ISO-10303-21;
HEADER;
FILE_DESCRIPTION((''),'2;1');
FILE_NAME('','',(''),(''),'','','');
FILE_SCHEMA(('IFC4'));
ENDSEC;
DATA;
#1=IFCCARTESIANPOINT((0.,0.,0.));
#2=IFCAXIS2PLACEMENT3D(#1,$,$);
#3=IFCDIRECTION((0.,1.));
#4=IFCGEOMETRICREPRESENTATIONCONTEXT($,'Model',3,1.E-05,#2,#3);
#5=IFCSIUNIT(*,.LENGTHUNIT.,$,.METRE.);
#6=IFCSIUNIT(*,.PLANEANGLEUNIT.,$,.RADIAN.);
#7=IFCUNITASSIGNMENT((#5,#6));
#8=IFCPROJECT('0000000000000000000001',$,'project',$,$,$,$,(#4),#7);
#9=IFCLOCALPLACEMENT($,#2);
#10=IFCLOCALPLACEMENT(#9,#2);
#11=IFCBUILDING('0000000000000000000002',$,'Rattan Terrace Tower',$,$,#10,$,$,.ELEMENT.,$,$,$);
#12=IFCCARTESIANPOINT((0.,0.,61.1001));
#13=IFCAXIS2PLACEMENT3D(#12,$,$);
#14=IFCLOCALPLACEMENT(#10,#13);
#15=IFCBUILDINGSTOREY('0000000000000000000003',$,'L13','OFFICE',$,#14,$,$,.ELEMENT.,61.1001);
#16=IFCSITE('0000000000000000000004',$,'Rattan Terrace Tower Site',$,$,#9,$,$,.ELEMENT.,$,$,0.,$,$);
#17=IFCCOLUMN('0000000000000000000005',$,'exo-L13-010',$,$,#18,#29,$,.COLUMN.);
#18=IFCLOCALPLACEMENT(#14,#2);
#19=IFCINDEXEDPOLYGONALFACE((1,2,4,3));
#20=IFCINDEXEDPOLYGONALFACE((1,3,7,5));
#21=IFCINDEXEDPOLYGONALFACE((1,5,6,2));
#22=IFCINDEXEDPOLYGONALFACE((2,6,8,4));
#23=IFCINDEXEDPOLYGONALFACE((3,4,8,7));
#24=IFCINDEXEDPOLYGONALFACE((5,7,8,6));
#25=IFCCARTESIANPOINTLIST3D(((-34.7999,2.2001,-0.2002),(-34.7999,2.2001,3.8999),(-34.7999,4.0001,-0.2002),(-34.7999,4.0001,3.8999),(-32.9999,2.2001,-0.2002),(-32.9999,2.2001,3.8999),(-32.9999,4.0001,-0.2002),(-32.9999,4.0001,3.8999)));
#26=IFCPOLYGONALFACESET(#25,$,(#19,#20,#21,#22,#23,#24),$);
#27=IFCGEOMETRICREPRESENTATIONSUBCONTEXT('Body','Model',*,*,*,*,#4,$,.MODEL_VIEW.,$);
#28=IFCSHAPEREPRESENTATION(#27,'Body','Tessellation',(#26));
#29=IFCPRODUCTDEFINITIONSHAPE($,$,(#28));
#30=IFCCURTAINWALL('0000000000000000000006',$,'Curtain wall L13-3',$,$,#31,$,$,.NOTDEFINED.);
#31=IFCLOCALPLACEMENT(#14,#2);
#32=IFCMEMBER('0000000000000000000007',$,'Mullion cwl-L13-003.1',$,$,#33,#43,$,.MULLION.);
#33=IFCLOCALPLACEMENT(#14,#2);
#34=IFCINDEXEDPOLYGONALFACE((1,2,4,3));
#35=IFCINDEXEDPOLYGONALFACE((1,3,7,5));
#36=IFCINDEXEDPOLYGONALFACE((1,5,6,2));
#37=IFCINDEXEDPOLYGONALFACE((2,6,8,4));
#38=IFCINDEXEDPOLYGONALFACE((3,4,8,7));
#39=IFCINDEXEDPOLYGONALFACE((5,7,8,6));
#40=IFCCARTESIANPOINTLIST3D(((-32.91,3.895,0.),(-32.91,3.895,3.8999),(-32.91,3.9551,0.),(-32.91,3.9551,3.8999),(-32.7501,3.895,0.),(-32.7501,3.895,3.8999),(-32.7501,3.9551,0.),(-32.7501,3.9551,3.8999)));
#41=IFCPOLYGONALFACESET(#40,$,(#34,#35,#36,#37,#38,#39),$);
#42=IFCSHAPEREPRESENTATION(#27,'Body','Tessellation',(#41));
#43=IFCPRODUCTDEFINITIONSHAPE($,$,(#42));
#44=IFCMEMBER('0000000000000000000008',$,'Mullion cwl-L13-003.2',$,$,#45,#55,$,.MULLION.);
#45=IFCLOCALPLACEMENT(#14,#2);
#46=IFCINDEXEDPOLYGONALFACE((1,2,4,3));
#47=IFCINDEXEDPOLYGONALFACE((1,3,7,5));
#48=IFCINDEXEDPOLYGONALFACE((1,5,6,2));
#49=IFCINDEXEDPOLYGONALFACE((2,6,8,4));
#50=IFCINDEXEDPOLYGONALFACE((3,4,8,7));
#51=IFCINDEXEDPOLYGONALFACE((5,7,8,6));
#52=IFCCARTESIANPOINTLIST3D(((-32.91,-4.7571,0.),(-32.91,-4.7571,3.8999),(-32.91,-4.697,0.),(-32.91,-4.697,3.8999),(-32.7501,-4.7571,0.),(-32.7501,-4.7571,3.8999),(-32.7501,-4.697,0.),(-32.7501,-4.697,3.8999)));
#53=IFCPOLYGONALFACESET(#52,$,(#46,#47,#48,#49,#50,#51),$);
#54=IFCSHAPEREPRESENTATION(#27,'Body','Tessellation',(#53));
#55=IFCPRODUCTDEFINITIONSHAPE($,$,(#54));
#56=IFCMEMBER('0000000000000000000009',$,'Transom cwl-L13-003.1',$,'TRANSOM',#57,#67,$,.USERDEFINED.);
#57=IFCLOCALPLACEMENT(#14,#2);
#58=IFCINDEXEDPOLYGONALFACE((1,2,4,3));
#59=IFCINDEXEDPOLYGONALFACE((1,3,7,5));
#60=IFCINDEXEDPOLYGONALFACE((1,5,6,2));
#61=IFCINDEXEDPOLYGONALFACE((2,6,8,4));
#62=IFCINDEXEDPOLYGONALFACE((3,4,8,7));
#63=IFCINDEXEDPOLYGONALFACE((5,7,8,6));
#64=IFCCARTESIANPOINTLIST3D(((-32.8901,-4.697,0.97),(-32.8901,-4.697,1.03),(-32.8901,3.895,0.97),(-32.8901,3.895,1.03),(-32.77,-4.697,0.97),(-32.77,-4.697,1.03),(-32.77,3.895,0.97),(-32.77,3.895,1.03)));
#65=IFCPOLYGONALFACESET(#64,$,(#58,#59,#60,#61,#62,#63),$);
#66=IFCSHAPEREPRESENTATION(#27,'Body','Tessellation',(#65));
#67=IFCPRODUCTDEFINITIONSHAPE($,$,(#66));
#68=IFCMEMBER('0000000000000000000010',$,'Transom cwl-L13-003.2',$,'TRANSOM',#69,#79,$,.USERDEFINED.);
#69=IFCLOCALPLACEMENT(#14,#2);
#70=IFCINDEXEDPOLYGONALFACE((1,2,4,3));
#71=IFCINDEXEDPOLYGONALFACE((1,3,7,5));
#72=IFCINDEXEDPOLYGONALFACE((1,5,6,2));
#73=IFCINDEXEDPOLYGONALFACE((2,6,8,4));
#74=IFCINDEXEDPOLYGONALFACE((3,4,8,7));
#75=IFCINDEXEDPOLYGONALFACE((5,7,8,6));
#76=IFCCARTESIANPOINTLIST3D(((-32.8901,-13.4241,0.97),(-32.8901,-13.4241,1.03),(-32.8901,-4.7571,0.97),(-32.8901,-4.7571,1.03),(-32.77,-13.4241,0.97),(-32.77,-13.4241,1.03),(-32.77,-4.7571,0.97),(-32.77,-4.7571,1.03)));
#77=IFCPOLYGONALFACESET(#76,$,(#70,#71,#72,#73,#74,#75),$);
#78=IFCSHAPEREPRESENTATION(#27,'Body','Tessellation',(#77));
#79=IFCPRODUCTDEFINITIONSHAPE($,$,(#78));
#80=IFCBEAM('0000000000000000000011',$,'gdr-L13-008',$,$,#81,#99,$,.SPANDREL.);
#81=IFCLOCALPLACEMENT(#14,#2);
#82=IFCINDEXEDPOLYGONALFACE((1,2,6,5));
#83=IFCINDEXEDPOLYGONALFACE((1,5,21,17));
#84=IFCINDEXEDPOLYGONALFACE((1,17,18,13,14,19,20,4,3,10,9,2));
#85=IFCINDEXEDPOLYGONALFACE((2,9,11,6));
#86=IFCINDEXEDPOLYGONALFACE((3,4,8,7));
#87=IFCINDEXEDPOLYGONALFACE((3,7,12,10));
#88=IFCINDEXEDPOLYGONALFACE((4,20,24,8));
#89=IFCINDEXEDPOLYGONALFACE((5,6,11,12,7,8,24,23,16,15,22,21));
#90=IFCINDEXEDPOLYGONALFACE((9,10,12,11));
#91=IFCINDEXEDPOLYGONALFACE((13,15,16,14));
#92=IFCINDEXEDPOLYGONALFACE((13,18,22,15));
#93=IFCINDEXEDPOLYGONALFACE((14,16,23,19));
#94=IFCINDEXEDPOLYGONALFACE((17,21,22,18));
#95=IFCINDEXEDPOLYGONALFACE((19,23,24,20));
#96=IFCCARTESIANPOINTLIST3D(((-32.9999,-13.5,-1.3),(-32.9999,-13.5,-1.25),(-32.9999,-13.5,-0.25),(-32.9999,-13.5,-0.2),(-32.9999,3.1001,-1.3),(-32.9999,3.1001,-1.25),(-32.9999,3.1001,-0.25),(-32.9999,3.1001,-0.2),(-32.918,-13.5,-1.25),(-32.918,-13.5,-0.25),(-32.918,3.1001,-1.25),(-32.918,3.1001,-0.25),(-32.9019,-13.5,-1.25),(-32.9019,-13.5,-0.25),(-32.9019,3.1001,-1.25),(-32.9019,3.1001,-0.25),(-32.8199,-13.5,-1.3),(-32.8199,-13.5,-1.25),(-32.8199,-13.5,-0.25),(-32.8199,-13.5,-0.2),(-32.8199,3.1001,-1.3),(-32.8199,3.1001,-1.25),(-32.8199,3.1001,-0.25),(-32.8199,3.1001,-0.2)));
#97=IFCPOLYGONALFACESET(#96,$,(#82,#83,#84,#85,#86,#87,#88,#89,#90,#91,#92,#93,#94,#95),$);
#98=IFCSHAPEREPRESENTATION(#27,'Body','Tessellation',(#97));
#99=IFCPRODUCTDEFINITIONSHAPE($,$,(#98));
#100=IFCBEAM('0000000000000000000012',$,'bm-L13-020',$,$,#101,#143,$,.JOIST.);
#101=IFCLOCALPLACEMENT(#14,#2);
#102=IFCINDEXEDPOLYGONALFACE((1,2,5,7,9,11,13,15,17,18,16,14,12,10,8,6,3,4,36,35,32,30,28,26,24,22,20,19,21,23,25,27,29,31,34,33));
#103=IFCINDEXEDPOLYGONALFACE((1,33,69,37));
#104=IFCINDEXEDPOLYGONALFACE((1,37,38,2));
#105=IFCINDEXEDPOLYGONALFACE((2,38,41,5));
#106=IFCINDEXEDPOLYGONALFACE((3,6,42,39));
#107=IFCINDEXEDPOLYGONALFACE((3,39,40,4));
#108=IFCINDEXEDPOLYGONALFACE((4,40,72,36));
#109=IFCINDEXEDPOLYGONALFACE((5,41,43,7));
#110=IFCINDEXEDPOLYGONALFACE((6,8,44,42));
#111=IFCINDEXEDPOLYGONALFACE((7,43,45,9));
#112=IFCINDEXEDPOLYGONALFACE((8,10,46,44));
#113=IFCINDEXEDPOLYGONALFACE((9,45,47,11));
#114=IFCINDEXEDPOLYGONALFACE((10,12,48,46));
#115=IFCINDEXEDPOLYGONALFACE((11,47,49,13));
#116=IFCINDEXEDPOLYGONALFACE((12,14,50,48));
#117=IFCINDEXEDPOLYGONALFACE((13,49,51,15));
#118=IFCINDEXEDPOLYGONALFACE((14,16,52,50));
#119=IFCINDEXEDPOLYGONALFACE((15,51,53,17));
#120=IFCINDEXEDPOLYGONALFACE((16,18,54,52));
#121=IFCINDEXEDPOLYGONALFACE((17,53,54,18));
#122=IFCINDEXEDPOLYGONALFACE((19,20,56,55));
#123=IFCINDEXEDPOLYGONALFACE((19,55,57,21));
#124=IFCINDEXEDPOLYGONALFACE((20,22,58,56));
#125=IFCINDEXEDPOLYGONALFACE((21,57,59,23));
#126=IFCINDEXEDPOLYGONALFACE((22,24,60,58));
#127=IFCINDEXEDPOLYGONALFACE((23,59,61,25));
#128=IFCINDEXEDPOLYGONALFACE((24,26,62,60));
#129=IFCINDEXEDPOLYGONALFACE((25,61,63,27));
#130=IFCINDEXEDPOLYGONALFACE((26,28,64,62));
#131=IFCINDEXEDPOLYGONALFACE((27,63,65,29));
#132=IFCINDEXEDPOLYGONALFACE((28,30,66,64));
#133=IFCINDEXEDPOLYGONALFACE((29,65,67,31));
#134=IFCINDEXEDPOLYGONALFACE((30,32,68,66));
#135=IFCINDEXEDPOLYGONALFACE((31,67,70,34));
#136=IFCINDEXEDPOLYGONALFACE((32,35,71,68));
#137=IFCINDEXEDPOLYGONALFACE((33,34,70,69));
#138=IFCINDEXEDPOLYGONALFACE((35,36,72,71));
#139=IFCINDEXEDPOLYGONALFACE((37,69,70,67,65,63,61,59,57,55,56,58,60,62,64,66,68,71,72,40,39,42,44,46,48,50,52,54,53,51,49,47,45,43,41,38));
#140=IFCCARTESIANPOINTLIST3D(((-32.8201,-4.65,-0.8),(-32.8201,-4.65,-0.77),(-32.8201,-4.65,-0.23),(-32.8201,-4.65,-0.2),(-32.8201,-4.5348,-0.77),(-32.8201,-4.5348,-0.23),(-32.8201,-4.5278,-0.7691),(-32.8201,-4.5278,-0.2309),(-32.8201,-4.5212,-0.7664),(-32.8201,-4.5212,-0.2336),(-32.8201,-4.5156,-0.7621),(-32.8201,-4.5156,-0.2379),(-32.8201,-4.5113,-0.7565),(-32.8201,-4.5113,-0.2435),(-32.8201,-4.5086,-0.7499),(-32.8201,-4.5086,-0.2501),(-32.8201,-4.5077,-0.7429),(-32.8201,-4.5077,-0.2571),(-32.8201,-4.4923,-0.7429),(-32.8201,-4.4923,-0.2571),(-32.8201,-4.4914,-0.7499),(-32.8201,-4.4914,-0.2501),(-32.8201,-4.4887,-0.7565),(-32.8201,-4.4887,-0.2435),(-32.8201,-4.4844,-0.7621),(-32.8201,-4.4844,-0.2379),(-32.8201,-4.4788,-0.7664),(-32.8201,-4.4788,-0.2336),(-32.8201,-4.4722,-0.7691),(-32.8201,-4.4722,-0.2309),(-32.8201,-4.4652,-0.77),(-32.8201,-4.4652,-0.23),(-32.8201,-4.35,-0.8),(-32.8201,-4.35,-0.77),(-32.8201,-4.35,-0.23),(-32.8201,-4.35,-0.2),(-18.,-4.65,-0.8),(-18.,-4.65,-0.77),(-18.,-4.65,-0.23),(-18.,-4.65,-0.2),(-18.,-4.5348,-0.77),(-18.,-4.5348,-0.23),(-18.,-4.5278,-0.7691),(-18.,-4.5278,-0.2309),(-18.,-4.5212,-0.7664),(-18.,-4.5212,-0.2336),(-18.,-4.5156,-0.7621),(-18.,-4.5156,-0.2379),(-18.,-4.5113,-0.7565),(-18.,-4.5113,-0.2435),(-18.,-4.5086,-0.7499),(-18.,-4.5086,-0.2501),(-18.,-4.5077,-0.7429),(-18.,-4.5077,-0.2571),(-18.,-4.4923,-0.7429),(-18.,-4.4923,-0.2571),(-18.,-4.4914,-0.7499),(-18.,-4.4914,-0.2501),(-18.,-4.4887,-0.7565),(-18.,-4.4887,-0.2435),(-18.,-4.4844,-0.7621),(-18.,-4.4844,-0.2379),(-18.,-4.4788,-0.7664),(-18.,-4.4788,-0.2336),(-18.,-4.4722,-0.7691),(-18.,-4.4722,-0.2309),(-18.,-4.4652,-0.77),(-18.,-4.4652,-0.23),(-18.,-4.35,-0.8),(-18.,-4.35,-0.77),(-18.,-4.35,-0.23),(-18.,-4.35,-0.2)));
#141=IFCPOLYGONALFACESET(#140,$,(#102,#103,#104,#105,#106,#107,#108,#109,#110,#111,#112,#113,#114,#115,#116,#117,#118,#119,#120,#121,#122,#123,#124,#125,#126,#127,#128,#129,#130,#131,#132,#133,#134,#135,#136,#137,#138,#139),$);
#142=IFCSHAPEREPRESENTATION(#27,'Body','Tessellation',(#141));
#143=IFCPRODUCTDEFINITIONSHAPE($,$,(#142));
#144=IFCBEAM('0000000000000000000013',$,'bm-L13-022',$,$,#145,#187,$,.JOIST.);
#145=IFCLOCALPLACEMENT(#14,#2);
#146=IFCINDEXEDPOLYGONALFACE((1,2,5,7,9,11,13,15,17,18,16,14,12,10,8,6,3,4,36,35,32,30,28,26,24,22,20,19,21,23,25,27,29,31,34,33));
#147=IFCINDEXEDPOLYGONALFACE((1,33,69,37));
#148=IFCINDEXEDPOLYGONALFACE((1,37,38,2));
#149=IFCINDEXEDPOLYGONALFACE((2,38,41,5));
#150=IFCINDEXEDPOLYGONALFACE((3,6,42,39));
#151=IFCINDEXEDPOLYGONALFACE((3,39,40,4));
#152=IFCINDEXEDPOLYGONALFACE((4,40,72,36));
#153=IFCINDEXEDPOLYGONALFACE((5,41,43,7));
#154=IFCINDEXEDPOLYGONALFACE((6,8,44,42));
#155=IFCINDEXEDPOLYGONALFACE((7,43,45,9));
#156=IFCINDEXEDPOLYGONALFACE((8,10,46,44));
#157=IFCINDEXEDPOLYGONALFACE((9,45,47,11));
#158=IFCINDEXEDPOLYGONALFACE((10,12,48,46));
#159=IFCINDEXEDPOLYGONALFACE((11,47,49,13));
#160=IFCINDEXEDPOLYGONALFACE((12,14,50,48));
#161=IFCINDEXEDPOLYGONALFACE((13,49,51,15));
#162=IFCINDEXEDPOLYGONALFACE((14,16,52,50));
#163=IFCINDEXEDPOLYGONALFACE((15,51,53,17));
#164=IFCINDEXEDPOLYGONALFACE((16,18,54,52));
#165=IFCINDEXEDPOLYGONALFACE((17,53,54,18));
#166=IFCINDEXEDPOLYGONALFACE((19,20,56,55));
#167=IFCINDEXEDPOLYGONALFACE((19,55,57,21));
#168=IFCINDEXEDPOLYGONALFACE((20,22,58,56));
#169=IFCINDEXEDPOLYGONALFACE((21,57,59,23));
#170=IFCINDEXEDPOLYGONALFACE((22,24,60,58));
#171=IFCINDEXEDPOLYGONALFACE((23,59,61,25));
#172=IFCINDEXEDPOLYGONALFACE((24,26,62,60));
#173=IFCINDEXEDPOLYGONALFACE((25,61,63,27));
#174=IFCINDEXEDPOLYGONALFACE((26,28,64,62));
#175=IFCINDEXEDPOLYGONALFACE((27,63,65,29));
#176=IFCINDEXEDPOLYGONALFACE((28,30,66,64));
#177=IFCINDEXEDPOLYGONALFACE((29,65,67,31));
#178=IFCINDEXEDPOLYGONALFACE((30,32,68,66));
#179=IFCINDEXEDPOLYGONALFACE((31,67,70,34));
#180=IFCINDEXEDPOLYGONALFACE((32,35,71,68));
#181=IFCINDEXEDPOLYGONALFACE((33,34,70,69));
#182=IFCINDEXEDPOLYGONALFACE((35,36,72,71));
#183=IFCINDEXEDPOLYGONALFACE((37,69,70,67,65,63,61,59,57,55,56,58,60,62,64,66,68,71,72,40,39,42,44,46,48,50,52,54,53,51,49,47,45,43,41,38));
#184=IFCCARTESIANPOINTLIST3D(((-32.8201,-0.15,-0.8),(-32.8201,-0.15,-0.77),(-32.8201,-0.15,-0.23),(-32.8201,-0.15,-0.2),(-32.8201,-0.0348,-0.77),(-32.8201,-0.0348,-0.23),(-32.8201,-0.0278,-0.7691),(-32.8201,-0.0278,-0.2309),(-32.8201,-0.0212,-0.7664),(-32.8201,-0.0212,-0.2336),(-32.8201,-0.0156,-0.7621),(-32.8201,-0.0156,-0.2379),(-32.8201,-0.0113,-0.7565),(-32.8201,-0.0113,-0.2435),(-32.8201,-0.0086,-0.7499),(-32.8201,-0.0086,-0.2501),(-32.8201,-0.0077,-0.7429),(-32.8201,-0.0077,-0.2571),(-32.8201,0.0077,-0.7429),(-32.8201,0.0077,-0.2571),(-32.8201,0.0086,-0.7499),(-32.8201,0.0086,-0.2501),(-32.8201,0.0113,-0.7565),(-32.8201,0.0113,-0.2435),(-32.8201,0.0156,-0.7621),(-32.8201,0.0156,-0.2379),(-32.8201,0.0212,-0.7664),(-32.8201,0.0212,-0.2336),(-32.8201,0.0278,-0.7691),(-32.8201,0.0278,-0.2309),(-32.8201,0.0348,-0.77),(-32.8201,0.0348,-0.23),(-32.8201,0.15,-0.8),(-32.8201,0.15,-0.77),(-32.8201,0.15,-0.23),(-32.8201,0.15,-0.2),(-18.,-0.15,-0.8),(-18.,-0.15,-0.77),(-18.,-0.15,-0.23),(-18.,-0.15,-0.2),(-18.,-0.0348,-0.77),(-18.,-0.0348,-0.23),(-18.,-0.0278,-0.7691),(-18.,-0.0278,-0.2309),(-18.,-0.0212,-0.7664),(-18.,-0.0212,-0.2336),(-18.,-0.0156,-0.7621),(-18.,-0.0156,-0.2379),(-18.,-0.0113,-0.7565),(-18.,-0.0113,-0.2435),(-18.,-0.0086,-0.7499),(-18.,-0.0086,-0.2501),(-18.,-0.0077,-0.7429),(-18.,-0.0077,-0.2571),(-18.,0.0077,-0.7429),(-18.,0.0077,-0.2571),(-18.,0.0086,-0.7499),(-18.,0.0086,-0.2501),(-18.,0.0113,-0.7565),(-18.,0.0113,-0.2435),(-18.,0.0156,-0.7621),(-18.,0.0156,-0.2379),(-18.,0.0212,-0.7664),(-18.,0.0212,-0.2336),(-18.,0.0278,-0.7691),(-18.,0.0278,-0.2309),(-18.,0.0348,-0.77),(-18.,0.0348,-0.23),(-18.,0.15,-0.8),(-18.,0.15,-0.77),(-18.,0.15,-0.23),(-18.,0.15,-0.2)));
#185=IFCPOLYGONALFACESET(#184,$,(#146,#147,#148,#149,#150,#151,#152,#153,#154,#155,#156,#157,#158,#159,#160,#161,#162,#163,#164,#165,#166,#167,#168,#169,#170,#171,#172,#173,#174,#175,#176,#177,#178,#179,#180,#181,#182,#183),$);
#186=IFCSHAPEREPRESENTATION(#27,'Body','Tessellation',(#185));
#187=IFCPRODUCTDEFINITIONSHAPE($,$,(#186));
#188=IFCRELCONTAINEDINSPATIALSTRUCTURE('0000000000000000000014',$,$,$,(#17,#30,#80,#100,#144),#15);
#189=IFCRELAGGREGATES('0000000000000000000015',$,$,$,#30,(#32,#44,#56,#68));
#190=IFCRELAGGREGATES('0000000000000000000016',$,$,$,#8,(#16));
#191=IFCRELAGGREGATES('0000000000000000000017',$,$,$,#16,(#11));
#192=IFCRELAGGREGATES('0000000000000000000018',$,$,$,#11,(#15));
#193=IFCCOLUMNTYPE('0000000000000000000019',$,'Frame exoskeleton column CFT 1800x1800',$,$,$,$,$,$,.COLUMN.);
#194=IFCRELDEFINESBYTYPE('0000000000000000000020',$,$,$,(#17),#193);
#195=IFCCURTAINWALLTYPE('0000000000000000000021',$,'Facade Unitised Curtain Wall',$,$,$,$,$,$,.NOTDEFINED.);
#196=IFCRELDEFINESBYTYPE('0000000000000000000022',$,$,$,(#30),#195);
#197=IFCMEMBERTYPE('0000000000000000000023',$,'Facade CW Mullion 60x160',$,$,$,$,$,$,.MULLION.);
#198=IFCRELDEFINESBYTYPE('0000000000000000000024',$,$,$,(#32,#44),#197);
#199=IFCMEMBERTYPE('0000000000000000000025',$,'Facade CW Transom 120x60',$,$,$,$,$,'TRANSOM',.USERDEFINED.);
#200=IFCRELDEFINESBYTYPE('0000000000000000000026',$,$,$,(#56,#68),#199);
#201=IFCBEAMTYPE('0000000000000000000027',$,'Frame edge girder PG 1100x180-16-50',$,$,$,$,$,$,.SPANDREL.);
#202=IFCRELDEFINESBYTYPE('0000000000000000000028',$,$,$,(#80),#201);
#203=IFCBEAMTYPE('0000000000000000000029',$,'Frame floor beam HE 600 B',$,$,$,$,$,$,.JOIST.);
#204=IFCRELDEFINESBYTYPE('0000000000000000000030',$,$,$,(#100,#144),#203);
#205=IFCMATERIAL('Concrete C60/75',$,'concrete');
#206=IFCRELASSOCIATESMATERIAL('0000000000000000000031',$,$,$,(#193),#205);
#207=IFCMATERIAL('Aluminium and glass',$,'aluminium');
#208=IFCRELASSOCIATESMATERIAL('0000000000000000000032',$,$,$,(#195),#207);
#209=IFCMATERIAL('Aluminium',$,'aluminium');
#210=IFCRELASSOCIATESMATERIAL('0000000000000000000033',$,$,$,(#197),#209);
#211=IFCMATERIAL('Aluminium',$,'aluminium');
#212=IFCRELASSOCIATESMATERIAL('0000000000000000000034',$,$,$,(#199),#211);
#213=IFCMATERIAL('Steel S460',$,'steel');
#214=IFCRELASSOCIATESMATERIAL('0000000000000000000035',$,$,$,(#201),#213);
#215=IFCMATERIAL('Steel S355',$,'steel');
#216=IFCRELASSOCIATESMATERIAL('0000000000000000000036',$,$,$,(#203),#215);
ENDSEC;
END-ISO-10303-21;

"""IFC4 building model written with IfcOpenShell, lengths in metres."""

from ifc_helpers import new_model, si_unit, direction, frame, origin, origin_2d, place, context, subcontext, project, spatial, rectangle, i_section, extrude, material, material_profile, profile_set, type_object, element, aggregate, save


model = new_model("IFC4")

# Units and contexts
model_context = context("Model", 3, precision=1e-05, world=origin(), true_north=direction((0.0, 1.0)))
body_context = subcontext(model_context, "Body", "Model", "MODEL_VIEW")
ifc_project = project(units=[si_unit("LENGTHUNIT", "METRE"), si_unit("PLANEANGLEUNIT", "RADIAN")], contexts=[model_context])

# Site, building, storey
site_placement = place(None, origin())
site = spatial("IfcSite", under=ifc_project, at=site_placement, Name="Rattan Terrace Tower Site", CompositionType="ELEMENT", RefElevation=0.0)
building_placement = place(site_placement, origin())
building = spatial("IfcBuilding", under=site, at=building_placement, Name="Rattan Terrace Tower", CompositionType="ELEMENT")
storey_placement = place(building_placement, frame((0.0, 0.0, 61.1001)))
storey = spatial("IfcBuildingStorey", under=building, at=storey_placement, Name="L13", Description="OFFICE", CompositionType="ELEMENT", Elevation=61.1001)

# Column
ifc_material_1 = material(Name="Concrete C60/75", Category="concrete")
ifc_material_profile_1 = material_profile(ifc_material_1, rectangle(XDim=1.8, YDim=1.8, at=origin_2d()), Name="CFT 1800x1800")
ifc_profile_set_1 = profile_set([ifc_material_profile_1], Name="Concrete C60/75")
column_type = type_object("IfcColumnType", Name="Frame exoskeleton column CFT 1800x1800", PredefinedType="COLUMN", material=ifc_profile_set_1)
column_placement = place(storey_placement, frame((-33.8999, 3.1001, -0.2002), z_axis=(0.0, 0.0, 1.0), x_axis=(0.0, 1.0, 0.0)))
element("IfcColumn", 1, at=column_placement, inside=storey, type_object=column_type, Name="exo-L13-010", PredefinedType="COLUMN", context=body_context, shape_type="SweptSolid", body=[
    extrude(rectangle(XDim=1.8, YDim=1.8, at=origin_2d()), origin(), (0.0, 0.0, 1.0), 4.1001),
])

# Curtain wall, members
ifc_material_2 = material(Name="Aluminium and glass", Category="aluminium")
curtain_wall_type = type_object("IfcCurtainWallType", Name="Facade Unitised Curtain Wall", PredefinedType="NOTDEFINED", material=ifc_material_2)
curtain_wall_placement = place(storey_placement, origin())
curtain_wall = element("IfcCurtainWall", 2, at=curtain_wall_placement, inside=storey, type_object=curtain_wall_type, Name="Curtain wall L13-3", PredefinedType="NOTDEFINED")
ifc_material_3 = material(Name="Aluminium", Category="aluminium")
ifc_material_profile_2 = material_profile(ifc_material_3, rectangle(XDim=0.0601, YDim=0.1599, at=origin_2d()), Name="Aluminium 60x160")
ifc_profile_set_2 = profile_set([ifc_material_profile_2], Name="Aluminium")
member_type_1 = type_object("IfcMemberType", Name="Facade CW Mullion 60x160", PredefinedType="MULLION", material=ifc_profile_set_2)
member_1_placement = place(storey_placement, frame((-32.8301, 3.925, 0.0), z_axis=(0.0, 0.0, 1.0), x_axis=(0.0, -1.0, 0.0)))
member_1 = element("IfcMember", 3, at=member_1_placement, type_object=member_type_1, Name="Mullion cwl-L13-003.1", PredefinedType="MULLION", context=body_context, shape_type="SweptSolid", body=[
    extrude(rectangle(XDim=0.0601, YDim=0.1599, at=origin_2d()), origin(), (0.0, 0.0, 1.0), 3.8999),
])
member_2_placement = place(storey_placement, frame((-32.8301, -4.7271, 0.0), z_axis=(0.0, 0.0, 1.0), x_axis=(0.0, -1.0, 0.0)))
member_2 = element("IfcMember", 4, at=member_2_placement, type_object=member_type_1, Name="Mullion cwl-L13-003.2", PredefinedType="MULLION", context=body_context, shape_type="SweptSolid", body=[
    extrude(rectangle(XDim=0.0601, YDim=0.1599, at=origin_2d()), origin(), (0.0, 0.0, 1.0), 3.8999),
])
ifc_material_4 = material(Name="Aluminium", Category="aluminium")
ifc_material_profile_3 = material_profile(ifc_material_4, rectangle(XDim=0.1201, YDim=0.0601, at=origin_2d()), Name="Aluminium 120x60")
ifc_profile_set_3 = profile_set([ifc_material_profile_3], Name="Aluminium")
member_type_2 = type_object("IfcMemberType", Name="Facade CW Transom 120x60", ElementType="TRANSOM", PredefinedType="USERDEFINED", material=ifc_profile_set_3)
member_3_placement = place(storey_placement, frame((-32.8301, 3.895, 1.0), z_axis=(0.0, -1.0, 0.0), x_axis=(1.0, 0.0, 0.0)))
member_3 = element("IfcMember", 5, at=member_3_placement, type_object=member_type_2, Name="Transom cwl-L13-003.1", ObjectType="TRANSOM", PredefinedType="USERDEFINED", context=body_context, shape_type="SweptSolid", body=[
    extrude(rectangle(XDim=0.1201, YDim=0.0601, at=origin_2d()), origin(), (0.0, 0.0, 1.0), 8.592),
])
member_4_placement = place(storey_placement, frame((-32.8301, -4.7571, 1.0), z_axis=(0.0, -1.0, 0.0), x_axis=(1.0, 0.0, 0.0)))
member_4 = element("IfcMember", 6, at=member_4_placement, type_object=member_type_2, Name="Transom cwl-L13-003.2", ObjectType="TRANSOM", PredefinedType="USERDEFINED", context=body_context, shape_type="SweptSolid", body=[
    extrude(rectangle(XDim=0.1201, YDim=0.0601, at=origin_2d()), origin(), (0.0, 0.0, 1.0), 8.667),
])

# Beams
ifc_material_5 = material(Name="Steel S460", Category="steel")
ifc_material_profile_4 = material_profile(ifc_material_5, i_section(OverallWidth=0.1799, OverallDepth=1.1001, WebThickness=0.0161, FlangeThickness=0.05, at=origin_2d()), Name="PG 1100x180-16-50")
ifc_profile_set_4 = profile_set([ifc_material_profile_4], Name="Steel S460")
beam_type_1 = type_object("IfcBeamType", Name="Frame edge girder PG 1100x180-16-50", PredefinedType="SPANDREL", material=ifc_profile_set_4)
beam_placement = place(storey_placement, frame((-32.9099, 3.1001, -0.75), z_axis=(0.0, -1.0, 0.0), x_axis=(1.0, 0.0, 0.0)))
element("IfcBeam", 7, at=beam_placement, inside=storey, type_object=beam_type_1, Name="gdr-L13-008", PredefinedType="SPANDREL", context=body_context, shape_type="SweptSolid", body=[
    extrude(i_section(OverallWidth=0.1799, OverallDepth=1.1001, WebThickness=0.0161, FlangeThickness=0.05, at=origin_2d()), origin(), (0.0, 0.0, 1.0), 16.6001),
])
ifc_material_6 = material(Name="Steel S355", Category="steel")
ifc_material_profile_5 = material_profile(ifc_material_6, i_section(OverallWidth=0.3, OverallDepth=0.6001, WebThickness=0.0154, FlangeThickness=0.03, FilletRadius=0.0271, at=origin_2d()), Name="HE 600 B")
ifc_profile_set_5 = profile_set([ifc_material_profile_5], Name="Steel S355")
beam_type_2 = type_object("IfcBeamType", Name="Frame floor beam HE 600 B", PredefinedType="JOIST", material=ifc_profile_set_5)
for number, where, z_axis, x_axis, name in (
    (8, (-32.8201, -4.5, -0.5), (1.0, 0.0, 0.0), (0.0, 1.0, 0.0), "bm-L13-020"),
    (9, (-32.8201, 0.0, -0.5), (1.0, 0.0, 0.0), (0.0, 1.0, 0.0), "bm-L13-022"),
):
    element("IfcBeam", number, at=place(storey_placement, frame(where, z_axis=z_axis, x_axis=x_axis)), inside=storey, type_object=beam_type_2, Name=name, PredefinedType="JOIST", context=body_context, shape_type="SweptSolid", body=[
        extrude(i_section(OverallWidth=0.3, OverallDepth=0.6001, WebThickness=0.0154, FlangeThickness=0.03, FilletRadius=0.0271, at=origin_2d()), origin(), (0.0, 0.0, 1.0), 14.8201),
    ])

aggregate(curtain_wall, [member_1, member_2, member_3, member_4])

save(model, "model.ifc")
